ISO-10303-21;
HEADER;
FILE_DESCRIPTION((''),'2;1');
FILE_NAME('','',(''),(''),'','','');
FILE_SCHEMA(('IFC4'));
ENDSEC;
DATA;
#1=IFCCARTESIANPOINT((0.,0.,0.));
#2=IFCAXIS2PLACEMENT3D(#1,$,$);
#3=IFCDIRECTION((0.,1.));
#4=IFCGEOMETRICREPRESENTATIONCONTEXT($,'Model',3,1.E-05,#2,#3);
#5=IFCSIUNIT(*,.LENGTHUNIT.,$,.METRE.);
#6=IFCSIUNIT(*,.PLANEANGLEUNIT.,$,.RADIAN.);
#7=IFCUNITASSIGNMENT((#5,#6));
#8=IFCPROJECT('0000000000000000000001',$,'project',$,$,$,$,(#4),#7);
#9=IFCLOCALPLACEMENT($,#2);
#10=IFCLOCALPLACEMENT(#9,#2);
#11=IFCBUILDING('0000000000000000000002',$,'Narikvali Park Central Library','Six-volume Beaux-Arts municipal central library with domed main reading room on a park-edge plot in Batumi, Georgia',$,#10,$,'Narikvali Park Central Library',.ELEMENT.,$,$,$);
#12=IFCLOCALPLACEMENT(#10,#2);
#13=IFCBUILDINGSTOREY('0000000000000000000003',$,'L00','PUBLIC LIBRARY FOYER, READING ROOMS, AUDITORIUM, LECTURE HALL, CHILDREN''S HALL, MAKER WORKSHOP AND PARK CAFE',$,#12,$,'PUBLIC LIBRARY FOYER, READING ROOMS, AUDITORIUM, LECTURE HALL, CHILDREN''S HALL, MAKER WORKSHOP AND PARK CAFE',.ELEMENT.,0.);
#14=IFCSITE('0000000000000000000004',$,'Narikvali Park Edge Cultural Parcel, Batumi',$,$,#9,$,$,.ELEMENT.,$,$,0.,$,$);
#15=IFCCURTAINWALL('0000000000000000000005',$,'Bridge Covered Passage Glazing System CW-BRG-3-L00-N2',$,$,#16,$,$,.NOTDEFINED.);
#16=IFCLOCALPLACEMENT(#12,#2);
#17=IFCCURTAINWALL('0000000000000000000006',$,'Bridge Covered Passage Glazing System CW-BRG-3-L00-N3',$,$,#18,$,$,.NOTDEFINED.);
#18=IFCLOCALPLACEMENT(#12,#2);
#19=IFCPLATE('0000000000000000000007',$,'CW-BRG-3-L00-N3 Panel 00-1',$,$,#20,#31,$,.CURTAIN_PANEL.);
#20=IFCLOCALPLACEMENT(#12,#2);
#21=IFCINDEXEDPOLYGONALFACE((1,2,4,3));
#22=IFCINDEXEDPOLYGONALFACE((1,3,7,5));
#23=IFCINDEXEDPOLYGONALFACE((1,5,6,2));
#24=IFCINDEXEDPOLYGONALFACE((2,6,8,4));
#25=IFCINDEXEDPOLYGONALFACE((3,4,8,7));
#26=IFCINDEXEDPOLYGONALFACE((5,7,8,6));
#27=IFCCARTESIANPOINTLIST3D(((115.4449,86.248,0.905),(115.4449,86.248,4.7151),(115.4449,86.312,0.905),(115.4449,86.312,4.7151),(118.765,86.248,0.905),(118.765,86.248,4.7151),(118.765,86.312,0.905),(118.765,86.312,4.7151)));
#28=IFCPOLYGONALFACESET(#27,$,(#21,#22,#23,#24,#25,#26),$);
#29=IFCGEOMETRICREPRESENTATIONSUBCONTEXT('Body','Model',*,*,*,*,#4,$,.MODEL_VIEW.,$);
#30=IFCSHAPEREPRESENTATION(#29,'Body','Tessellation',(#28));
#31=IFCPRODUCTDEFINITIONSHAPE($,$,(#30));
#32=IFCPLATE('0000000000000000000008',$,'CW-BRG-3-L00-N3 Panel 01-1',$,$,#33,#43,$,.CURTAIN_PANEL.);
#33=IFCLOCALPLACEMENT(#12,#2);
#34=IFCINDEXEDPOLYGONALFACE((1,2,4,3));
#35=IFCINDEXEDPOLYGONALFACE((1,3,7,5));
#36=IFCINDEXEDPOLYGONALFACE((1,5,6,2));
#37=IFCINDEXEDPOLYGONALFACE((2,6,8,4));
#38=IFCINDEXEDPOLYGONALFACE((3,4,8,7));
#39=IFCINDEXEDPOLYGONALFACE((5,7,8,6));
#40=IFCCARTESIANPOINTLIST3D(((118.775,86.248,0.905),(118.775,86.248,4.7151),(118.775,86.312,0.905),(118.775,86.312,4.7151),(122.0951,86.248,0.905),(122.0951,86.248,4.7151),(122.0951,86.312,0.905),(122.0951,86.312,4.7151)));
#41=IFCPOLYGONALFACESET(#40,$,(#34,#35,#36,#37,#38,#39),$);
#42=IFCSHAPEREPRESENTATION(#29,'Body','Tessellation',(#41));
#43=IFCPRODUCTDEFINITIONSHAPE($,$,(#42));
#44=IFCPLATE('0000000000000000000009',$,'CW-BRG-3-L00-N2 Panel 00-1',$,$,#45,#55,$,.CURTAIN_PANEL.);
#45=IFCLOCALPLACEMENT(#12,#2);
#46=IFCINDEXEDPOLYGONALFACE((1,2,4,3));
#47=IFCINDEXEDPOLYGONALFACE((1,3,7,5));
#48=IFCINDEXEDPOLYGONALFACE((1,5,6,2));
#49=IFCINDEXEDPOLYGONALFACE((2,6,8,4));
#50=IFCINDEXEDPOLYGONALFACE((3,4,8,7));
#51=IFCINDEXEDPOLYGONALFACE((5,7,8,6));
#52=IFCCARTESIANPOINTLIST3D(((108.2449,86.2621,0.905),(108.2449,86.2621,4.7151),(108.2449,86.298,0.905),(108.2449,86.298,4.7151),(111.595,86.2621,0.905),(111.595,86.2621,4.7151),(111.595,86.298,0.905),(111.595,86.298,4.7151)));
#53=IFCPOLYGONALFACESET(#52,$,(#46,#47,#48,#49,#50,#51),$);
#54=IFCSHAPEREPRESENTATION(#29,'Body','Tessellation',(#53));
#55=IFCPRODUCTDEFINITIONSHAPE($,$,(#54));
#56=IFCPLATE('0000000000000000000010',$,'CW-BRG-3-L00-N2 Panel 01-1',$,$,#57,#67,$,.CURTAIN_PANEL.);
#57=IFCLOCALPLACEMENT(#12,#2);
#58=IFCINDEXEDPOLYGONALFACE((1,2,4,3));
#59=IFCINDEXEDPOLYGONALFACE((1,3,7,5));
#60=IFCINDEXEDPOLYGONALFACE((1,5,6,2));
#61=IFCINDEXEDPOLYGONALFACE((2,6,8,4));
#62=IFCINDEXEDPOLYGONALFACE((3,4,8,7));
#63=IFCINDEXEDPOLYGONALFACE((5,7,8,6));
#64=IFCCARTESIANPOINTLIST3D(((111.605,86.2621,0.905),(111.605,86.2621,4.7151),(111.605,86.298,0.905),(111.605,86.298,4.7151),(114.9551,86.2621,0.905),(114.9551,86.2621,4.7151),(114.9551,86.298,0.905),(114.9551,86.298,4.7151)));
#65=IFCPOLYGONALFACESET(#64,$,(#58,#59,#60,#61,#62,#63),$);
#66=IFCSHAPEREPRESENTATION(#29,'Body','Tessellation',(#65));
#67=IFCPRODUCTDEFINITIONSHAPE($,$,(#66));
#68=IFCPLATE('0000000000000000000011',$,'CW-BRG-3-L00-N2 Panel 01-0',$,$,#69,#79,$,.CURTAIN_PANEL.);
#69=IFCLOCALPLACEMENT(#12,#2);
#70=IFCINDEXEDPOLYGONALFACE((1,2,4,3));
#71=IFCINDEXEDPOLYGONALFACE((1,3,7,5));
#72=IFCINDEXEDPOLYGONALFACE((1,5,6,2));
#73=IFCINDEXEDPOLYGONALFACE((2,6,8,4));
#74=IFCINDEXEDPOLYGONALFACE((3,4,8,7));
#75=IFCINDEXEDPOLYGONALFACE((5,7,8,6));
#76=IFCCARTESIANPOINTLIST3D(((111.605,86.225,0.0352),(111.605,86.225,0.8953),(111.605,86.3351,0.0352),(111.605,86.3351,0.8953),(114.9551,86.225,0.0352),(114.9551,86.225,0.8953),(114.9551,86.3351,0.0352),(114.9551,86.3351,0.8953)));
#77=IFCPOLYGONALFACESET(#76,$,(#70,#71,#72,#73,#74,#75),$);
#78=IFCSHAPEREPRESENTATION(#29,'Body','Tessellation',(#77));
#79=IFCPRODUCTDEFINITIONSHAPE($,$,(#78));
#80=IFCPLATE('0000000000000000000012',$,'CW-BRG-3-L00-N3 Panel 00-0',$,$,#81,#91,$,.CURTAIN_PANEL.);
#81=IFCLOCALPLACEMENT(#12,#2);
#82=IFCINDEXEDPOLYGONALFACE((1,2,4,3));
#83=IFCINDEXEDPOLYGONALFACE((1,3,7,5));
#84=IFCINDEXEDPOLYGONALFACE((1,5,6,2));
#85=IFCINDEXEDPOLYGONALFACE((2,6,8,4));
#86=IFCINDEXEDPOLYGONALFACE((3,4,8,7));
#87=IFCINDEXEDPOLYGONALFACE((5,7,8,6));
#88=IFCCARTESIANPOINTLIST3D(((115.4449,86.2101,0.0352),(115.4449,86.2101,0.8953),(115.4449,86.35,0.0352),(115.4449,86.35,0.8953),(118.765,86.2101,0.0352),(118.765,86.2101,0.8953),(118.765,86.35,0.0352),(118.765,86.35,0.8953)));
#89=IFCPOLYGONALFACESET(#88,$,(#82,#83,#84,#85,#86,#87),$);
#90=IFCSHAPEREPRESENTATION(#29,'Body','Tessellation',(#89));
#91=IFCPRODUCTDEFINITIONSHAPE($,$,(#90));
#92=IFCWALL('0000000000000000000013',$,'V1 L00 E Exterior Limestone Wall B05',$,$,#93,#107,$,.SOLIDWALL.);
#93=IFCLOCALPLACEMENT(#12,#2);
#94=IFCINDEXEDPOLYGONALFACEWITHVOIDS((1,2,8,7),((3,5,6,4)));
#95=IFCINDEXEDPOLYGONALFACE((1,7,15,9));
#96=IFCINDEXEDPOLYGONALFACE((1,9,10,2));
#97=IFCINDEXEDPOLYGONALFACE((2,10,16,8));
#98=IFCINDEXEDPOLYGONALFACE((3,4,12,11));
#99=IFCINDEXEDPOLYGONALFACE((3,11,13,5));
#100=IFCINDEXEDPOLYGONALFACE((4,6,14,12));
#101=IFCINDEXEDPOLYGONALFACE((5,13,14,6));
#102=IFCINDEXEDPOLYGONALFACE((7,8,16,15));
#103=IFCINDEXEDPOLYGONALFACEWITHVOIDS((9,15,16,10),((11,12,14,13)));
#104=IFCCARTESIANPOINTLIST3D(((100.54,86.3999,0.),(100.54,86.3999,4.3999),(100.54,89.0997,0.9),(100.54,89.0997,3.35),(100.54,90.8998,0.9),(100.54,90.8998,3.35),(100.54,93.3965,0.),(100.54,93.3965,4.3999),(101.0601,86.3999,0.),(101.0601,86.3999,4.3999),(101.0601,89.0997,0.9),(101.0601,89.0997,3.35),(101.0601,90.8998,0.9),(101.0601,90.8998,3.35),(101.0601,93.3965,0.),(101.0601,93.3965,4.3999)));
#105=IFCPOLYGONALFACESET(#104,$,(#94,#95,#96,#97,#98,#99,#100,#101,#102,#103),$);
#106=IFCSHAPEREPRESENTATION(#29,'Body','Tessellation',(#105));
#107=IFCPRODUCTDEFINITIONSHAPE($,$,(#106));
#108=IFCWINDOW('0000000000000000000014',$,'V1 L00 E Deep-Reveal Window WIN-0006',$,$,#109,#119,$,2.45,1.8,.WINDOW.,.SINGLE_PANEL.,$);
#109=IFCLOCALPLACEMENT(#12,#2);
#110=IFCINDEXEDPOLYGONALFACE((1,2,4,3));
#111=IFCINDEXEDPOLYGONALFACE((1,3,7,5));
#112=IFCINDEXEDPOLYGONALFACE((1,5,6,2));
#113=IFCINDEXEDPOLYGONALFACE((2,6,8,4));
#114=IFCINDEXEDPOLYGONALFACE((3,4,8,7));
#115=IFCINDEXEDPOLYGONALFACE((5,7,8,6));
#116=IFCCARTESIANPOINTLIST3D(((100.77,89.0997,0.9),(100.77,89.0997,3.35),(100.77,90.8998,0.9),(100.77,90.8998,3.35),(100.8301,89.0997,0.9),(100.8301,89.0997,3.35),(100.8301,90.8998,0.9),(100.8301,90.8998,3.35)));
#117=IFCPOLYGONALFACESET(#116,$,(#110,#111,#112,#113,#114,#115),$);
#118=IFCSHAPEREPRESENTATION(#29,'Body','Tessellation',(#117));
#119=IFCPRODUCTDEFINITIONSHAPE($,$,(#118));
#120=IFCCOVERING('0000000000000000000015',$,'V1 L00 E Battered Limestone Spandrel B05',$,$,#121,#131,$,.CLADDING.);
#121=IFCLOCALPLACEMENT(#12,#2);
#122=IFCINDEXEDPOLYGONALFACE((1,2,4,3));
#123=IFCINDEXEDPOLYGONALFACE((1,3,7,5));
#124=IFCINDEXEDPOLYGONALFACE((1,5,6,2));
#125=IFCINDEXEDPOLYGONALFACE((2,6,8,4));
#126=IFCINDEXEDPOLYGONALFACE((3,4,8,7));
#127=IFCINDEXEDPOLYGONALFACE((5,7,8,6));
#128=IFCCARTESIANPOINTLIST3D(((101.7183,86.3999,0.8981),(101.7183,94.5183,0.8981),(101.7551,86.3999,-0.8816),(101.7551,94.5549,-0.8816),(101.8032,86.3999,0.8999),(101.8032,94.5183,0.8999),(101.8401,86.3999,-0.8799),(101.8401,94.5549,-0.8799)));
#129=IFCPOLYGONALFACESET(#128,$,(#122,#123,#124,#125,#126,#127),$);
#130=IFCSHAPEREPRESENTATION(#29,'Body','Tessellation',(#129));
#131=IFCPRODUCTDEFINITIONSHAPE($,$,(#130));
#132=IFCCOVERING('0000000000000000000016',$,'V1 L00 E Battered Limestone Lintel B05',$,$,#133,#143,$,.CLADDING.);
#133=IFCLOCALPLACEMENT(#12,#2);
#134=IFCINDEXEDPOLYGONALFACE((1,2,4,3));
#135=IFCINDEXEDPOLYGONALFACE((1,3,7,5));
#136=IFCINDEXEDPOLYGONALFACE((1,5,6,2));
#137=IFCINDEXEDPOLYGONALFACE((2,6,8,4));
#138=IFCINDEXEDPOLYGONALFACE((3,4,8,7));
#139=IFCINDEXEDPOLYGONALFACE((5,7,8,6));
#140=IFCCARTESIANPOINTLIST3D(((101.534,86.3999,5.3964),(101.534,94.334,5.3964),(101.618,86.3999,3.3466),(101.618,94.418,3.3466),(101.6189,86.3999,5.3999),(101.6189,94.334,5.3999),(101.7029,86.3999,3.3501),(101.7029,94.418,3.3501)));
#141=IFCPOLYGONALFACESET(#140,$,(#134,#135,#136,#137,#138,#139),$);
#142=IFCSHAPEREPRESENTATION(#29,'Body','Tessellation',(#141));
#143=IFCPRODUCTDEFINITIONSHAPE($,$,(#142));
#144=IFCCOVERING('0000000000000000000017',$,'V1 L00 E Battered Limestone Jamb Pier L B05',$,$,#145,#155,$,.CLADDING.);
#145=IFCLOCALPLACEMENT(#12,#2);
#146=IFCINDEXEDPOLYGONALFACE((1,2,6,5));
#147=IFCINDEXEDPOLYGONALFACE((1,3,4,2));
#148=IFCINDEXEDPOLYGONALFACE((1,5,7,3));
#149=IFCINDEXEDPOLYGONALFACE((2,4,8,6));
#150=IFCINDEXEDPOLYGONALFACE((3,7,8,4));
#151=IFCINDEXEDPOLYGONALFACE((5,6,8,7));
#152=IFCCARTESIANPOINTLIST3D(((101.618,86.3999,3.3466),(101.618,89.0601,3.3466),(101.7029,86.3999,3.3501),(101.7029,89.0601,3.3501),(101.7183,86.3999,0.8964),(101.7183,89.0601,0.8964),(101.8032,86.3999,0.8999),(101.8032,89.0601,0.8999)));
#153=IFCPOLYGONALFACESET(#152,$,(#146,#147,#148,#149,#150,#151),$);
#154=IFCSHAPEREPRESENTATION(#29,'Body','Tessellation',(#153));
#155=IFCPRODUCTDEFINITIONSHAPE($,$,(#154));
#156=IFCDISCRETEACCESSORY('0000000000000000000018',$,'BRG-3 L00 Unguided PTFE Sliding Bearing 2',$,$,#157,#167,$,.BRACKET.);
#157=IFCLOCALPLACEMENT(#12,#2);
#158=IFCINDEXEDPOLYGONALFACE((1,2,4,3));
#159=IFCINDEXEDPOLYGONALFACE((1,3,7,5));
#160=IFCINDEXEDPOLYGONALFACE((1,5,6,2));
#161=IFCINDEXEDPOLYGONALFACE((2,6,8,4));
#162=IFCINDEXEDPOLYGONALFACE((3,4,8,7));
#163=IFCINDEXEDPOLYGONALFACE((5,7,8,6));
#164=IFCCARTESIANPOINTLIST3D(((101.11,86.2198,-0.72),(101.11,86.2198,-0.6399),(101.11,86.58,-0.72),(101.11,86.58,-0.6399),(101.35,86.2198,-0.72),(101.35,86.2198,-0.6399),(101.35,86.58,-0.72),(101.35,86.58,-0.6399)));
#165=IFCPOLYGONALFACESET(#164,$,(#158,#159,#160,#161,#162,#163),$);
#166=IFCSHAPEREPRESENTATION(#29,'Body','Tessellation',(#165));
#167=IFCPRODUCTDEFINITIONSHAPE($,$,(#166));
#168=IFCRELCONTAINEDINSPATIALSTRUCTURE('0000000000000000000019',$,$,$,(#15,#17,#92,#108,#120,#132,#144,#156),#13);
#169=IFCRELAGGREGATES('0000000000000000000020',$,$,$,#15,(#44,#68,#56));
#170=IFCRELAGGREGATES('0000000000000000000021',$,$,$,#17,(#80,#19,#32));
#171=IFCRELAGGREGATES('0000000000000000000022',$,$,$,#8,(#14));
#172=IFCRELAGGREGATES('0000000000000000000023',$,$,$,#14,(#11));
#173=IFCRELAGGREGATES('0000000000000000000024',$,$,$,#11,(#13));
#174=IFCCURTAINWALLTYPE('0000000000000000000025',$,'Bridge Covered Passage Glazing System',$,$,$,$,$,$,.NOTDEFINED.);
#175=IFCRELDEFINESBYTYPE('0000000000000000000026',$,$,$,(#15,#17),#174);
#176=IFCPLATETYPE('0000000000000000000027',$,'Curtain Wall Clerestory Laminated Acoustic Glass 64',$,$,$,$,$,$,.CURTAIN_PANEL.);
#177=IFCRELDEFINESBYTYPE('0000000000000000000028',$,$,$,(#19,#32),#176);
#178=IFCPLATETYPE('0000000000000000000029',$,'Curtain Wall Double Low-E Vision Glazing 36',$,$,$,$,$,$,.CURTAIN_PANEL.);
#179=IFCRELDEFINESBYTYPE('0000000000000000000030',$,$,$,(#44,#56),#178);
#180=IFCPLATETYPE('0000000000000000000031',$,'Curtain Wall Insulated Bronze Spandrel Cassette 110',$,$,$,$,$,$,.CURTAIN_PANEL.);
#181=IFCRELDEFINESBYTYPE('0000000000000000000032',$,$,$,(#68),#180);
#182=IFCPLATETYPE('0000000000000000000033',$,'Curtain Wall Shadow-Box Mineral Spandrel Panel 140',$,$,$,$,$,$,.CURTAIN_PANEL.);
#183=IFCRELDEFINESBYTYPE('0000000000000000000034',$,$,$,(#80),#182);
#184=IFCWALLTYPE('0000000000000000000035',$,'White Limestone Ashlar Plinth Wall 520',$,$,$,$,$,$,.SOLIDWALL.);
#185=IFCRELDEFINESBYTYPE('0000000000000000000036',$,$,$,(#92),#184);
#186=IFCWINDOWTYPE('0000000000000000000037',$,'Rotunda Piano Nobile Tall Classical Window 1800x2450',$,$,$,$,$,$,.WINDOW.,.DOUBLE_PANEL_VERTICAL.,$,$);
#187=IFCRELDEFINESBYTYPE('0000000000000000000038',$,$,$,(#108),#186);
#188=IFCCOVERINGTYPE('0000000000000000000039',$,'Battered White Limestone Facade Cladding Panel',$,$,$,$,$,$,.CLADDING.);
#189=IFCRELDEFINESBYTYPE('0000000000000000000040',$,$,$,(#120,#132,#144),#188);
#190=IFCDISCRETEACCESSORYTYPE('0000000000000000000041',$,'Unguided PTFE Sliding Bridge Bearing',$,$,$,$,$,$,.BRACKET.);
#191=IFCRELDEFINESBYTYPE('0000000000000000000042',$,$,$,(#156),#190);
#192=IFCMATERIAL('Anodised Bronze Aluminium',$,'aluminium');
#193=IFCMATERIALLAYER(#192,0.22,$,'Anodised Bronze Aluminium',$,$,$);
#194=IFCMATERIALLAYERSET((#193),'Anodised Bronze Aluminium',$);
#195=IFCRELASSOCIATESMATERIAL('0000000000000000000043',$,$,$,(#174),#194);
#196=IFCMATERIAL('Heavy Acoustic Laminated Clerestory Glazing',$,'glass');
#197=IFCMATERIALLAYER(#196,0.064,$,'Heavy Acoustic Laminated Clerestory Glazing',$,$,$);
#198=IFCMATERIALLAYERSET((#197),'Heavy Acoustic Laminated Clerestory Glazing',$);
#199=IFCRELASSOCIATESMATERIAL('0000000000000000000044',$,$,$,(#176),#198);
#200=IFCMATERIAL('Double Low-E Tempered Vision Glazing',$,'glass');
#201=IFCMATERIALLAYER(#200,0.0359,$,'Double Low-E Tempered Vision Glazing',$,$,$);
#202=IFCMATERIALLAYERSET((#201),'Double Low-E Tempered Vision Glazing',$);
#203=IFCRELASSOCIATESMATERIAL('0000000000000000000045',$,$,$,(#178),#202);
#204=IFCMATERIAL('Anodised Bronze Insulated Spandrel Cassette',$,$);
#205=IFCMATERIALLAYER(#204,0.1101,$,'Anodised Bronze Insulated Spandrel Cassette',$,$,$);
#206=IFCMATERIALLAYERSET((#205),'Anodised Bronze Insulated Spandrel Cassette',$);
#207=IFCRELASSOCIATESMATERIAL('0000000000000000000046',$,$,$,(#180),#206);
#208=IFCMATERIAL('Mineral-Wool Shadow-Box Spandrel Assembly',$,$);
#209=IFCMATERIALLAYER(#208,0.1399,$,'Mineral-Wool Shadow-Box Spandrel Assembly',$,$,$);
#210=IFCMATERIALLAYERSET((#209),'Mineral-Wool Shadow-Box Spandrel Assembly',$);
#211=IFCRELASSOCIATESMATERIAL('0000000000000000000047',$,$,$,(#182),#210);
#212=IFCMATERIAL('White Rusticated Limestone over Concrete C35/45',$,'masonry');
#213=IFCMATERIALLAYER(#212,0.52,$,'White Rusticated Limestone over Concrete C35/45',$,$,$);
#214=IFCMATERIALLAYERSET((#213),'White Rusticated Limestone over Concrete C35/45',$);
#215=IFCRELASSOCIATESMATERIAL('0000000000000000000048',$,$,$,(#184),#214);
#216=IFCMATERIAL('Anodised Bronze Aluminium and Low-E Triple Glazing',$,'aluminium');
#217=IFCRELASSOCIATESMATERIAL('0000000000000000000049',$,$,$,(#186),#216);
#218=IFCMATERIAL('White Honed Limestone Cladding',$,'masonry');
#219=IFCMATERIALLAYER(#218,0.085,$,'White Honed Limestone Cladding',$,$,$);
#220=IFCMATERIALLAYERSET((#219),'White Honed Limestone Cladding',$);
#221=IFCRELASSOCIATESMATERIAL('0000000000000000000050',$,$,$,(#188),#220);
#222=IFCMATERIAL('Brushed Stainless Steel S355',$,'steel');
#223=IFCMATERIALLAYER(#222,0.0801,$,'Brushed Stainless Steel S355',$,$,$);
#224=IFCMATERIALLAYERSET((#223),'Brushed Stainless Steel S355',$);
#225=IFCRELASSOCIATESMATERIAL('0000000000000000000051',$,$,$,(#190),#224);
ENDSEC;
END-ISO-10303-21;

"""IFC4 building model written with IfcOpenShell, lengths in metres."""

from ifc_helpers import new_model, si_unit, direction, frame, frame_2d, origin, origin_2d, place, context, subcontext, project, spatial, polyline, rectangle, outline, extrude, material, layer, layer_set, type_object, element, fill, aggregate, save


model = new_model("IFC4")

# Units and contexts
model_context = context("Model", 3, precision=1e-05, world=origin(), true_north=direction((0.0, 1.0)))
body_context = subcontext(model_context, "Body", "Model", "MODEL_VIEW")
ifc_project = project(units=[si_unit("LENGTHUNIT", "METRE"), si_unit("PLANEANGLEUNIT", "RADIAN")], contexts=[model_context])

# Site, building, storey
site_placement = place(None, origin())
site = spatial("IfcSite", under=ifc_project, at=site_placement, Name="Narikvali Park Edge Cultural Parcel, Batumi", CompositionType="ELEMENT", RefElevation=0.0)
building_placement = place(site_placement, origin())
building = spatial("IfcBuilding", under=site, at=building_placement, Name="Narikvali Park Central Library", Description="Six-volume Beaux-Arts municipal central library with domed main reading room on a park-edge plot in Batumi, Georgia", LongName="Narikvali Park Central Library", CompositionType="ELEMENT")
storey_placement = place(building_placement, origin())
storey = spatial("IfcBuildingStorey", under=building, at=storey_placement, Name="L00", Description="PUBLIC LIBRARY FOYER, READING ROOMS, AUDITORIUM, LECTURE HALL, CHILDREN'S HALL, MAKER WORKSHOP AND PARK CAFE", LongName="PUBLIC LIBRARY FOYER, READING ROOMS, AUDITORIUM, LECTURE HALL, CHILDREN'S HALL, MAKER WORKSHOP AND PARK CAFE", CompositionType="ELEMENT", Elevation=0.0)

# Shared definitions
ifc_material_1 = material(Name="Anodised Bronze Aluminium", Category="aluminium")
ifc_layer_1 = layer(ifc_material_1, 0.22, Name="Anodised Bronze Aluminium")
ifc_layer_set_1 = layer_set([ifc_layer_1], Name="Anodised Bronze Aluminium")
curtain_wall_type = type_object("IfcCurtainWallType", Name="Bridge Covered Passage Glazing System", PredefinedType="NOTDEFINED", material=ifc_layer_set_1)

# Curtain walls
curtain_wall_1_placement = place(storey_placement, origin())
curtain_wall_1 = element("IfcCurtainWall", 1, at=curtain_wall_1_placement, inside=storey, type_object=curtain_wall_type, Name="Bridge Covered Passage Glazing System CW-BRG-3-L00-N2", PredefinedType="NOTDEFINED")
curtain_wall_2_placement = place(storey_placement, origin())
curtain_wall_2 = element("IfcCurtainWall", 2, at=curtain_wall_2_placement, inside=storey, type_object=curtain_wall_type, Name="Bridge Covered Passage Glazing System CW-BRG-3-L00-N3", PredefinedType="NOTDEFINED")

# Plates
ifc_material_2 = material(Name="Heavy Acoustic Laminated Clerestory Glazing", Category="glass")
ifc_layer_2 = layer(ifc_material_2, 0.064, Name="Heavy Acoustic Laminated Clerestory Glazing")
ifc_layer_set_2 = layer_set([ifc_layer_2], Name="Heavy Acoustic Laminated Clerestory Glazing")
plate_type_1 = type_object("IfcPlateType", Name="Curtain Wall Clerestory Laminated Acoustic Glass 64", PredefinedType="CURTAIN_PANEL", material=ifc_layer_set_2)
plate_1_placement = place(storey_placement, frame((117.105, 86.28, 0.905), z_axis=(0.0, 0.0, 1.0), x_axis=(1.0, 0.0, 0.0)))
plate_1 = element("IfcPlate", 3, at=plate_1_placement, type_object=plate_type_1, Name="CW-BRG-3-L00-N3 Panel 00-1", PredefinedType="CURTAIN_PANEL", context=body_context, shape_type="SweptSolid", body=[
    extrude(rectangle(XDim=3.3201, YDim=0.064, at=origin_2d()), origin(), (0.0, 0.0, 1.0), 3.8101),
])
plate_2_placement = place(storey_placement, frame((120.4351, 86.28, 0.905), z_axis=(0.0, 0.0, 1.0), x_axis=(1.0, 0.0, 0.0)))
plate_2 = element("IfcPlate", 4, at=plate_2_placement, type_object=plate_type_1, Name="CW-BRG-3-L00-N3 Panel 01-1", PredefinedType="CURTAIN_PANEL", context=body_context, shape_type="SweptSolid", body=[
    extrude(rectangle(XDim=3.3201, YDim=0.064, at=origin_2d()), origin(), (0.0, 0.0, 1.0), 3.8101),
])
ifc_material_3 = material(Name="Double Low-E Tempered Vision Glazing", Category="glass")
ifc_layer_3 = layer(ifc_material_3, 0.0359, Name="Double Low-E Tempered Vision Glazing")
ifc_layer_set_3 = layer_set([ifc_layer_3], Name="Double Low-E Tempered Vision Glazing")
plate_type_2 = type_object("IfcPlateType", Name="Curtain Wall Double Low-E Vision Glazing 36", PredefinedType="CURTAIN_PANEL", material=ifc_layer_set_3)
plate_3_placement = place(storey_placement, frame((109.9199, 86.28, 0.905), z_axis=(0.0, 0.0, 1.0), x_axis=(1.0, 0.0, 0.0)))
plate_3 = element("IfcPlate", 5, at=plate_3_placement, type_object=plate_type_2, Name="CW-BRG-3-L00-N2 Panel 00-1", PredefinedType="CURTAIN_PANEL", context=body_context, shape_type="SweptSolid", body=[
    extrude(rectangle(XDim=3.3501, YDim=0.0359, at=origin_2d()), origin(), (0.0, 0.0, 1.0), 3.8101),
])
plate_4_placement = place(storey_placement, frame((113.28, 86.28, 0.905), z_axis=(0.0, 0.0, 1.0), x_axis=(1.0, 0.0, 0.0)))
plate_4 = element("IfcPlate", 6, at=plate_4_placement, type_object=plate_type_2, Name="CW-BRG-3-L00-N2 Panel 01-1", PredefinedType="CURTAIN_PANEL", context=body_context, shape_type="SweptSolid", body=[
    extrude(rectangle(XDim=3.3501, YDim=0.0359, at=origin_2d()), origin(), (0.0, 0.0, 1.0), 3.8101),
])
ifc_material_4 = material(Name="Anodised Bronze Insulated Spandrel Cassette")
ifc_layer_4 = layer(ifc_material_4, 0.1101, Name="Anodised Bronze Insulated Spandrel Cassette")
ifc_layer_set_4 = layer_set([ifc_layer_4], Name="Anodised Bronze Insulated Spandrel Cassette")
plate_type_3 = type_object("IfcPlateType", Name="Curtain Wall Insulated Bronze Spandrel Cassette 110", PredefinedType="CURTAIN_PANEL", material=ifc_layer_set_4)
plate_5_placement = place(storey_placement, frame((113.28, 86.28, 0.0352), z_axis=(0.0, 0.0, 1.0), x_axis=(1.0, 0.0, 0.0)))
plate_5 = element("IfcPlate", 7, at=plate_5_placement, type_object=plate_type_3, Name="CW-BRG-3-L00-N2 Panel 01-0", PredefinedType="CURTAIN_PANEL", context=body_context, shape_type="SweptSolid", body=[
    extrude(rectangle(XDim=3.3501, YDim=0.1101, at=origin_2d()), origin(), (0.0, 0.0, 1.0), 0.8601),
])
aggregate(curtain_wall_1, [plate_3, plate_5, plate_4])
ifc_material_5 = material(Name="Mineral-Wool Shadow-Box Spandrel Assembly")
ifc_layer_5 = layer(ifc_material_5, 0.1399, Name="Mineral-Wool Shadow-Box Spandrel Assembly")
ifc_layer_set_5 = layer_set([ifc_layer_5], Name="Mineral-Wool Shadow-Box Spandrel Assembly")
plate_type_4 = type_object("IfcPlateType", Name="Curtain Wall Shadow-Box Mineral Spandrel Panel 140", PredefinedType="CURTAIN_PANEL", material=ifc_layer_set_5)
plate_6_placement = place(storey_placement, frame((117.105, 86.28, 0.0352), z_axis=(0.0, 0.0, 1.0), x_axis=(1.0, 0.0, 0.0)))
plate_6 = element("IfcPlate", 8, at=plate_6_placement, type_object=plate_type_4, Name="CW-BRG-3-L00-N3 Panel 00-0", PredefinedType="CURTAIN_PANEL", context=body_context, shape_type="SweptSolid", body=[
    extrude(rectangle(XDim=3.3201, YDim=0.1399, at=origin_2d()), origin(), (0.0, 0.0, 1.0), 0.8601),
])
aggregate(curtain_wall_2, [plate_6, plate_1, plate_2])

# Wall, opening, window
ifc_material_6 = material(Name="White Rusticated Limestone over Concrete C35/45", Category="masonry")
ifc_layer_6 = layer(ifc_material_6, 0.52, Name="White Rusticated Limestone over Concrete C35/45")
ifc_layer_set_6 = layer_set([ifc_layer_6], Name="White Rusticated Limestone over Concrete C35/45")
wall_type = type_object("IfcWallType", Name="White Limestone Ashlar Plinth Wall 520", PredefinedType="SOLIDWALL", material=ifc_layer_set_6)
wall_placement = place(storey_placement, frame((100.8, 86.3999, 0.0), z_axis=(0.0, 0.0, 1.0), x_axis=(0.0, 1.0, 0.0)))
wall = element("IfcWall", 9, at=wall_placement, inside=storey, type_object=wall_type, Name="V1 L00 E Exterior Limestone Wall B05", PredefinedType="SOLIDWALL", context=body_context, shape_type="SweptSolid", body=[
    extrude(rectangle(XDim=6.9966, YDim=0.52, at=frame_2d((3.4983, 0.0))), origin(), (0.0, 0.0, 1.0), 4.3999),
])
opening_placement = place(wall_placement, frame((2.7, 0.0, 0.8999)))
opening = element("IfcOpeningElement", 10, at=opening_placement, cuts=wall, PredefinedType="OPENING", context=body_context, shape_type="SweptSolid", body=[
    extrude(rectangle(XDim=1.8, YDim=2.45, at=frame_2d((0.8999, 1.2251))), frame((0.0, 0.272, 0.0), z_axis=(0.0, -1.0, 0.0), x_axis=(1.0, 0.0, 0.0)), (0.0, 0.0, 1.0), 0.5439),
])
ifc_material_7 = material(Name="Anodised Bronze Aluminium and Low-E Triple Glazing", Category="aluminium")
window_type = type_object("IfcWindowType", Name="Rotunda Piano Nobile Tall Classical Window 1800x2450", PartitioningType="DOUBLE_PANEL_VERTICAL", PredefinedType="WINDOW", material=ifc_material_7)
window_placement = place(opening_placement, origin())
window = element("IfcWindow", 11, at=window_placement, inside=storey, type_object=window_type, Name="V1 L00 E Deep-Reveal Window WIN-0006", OverallHeight=2.45, OverallWidth=1.8, PartitioningType="SINGLE_PANEL", PredefinedType="WINDOW", context=body_context, shape_type="SweptSolid", body=[
    extrude(rectangle(XDim=1.8, YDim=2.45, at=frame_2d((0.8999, 1.2251))), frame((0.0, 0.03, 0.0), z_axis=(0.0, -1.0, 0.0), x_axis=(1.0, 0.0, 0.0)), (0.0, 0.0, 1.0), 0.0601),
])
fill(opening, window)

# Coverings
ifc_material_8 = material(Name="White Honed Limestone Cladding", Category="masonry")
ifc_layer_7 = layer(ifc_material_8, 0.085, Name="White Honed Limestone Cladding")
ifc_layer_set_7 = layer_set([ifc_layer_7], Name="White Honed Limestone Cladding")
covering_type = type_object("IfcCoveringType", Name="Battered White Limestone Facade Cladding Panel", PredefinedType="CLADDING", material=ifc_layer_set_7)
covering_1_placement = place(storey_placement, frame((101.8401, 86.3999, -0.8799), z_axis=(0.999786, 0.0, 0.020709), x_axis=(0.0, 1.0, 0.0)))
element("IfcCovering", 12, at=covering_1_placement, inside=storey, type_object=covering_type, Name="V1 L00 E Battered Limestone Spandrel B05", PredefinedType="CLADDING", context=body_context, shape_type="SweptSolid", body=[
    extrude(outline(polyline([(0.0, 0.0), (8.155, 0.0), (8.1184, 1.7802), (0.0, 1.7802), (0.0, 0.0)])), origin(), (0.0, 0.0, -1.0), 0.085),
])
covering_2_placement = place(storey_placement, frame((101.7029, 86.3999, 3.3501), z_axis=(0.999162, 0.0, 0.040938), x_axis=(0.0, 1.0, 0.0)))
element("IfcCovering", 13, at=covering_2_placement, inside=storey, type_object=covering_type, Name="V1 L00 E Battered Limestone Lintel B05", PredefinedType="CLADDING", context=body_context, shape_type="SweptSolid", body=[
    extrude(outline(polyline([(0.0, 0.0), (8.0181, 0.0), (7.9341, 2.0515), (0.0, 2.0515), (0.0, 0.0)])), origin(), (0.0, 0.0, -1.0), 0.085),
])
covering_3_placement = place(storey_placement, frame((101.8032, 86.3999, 0.8999), z_axis=(0.999162, 0.0, 0.040918), x_axis=(0.0, 1.0, 0.0)))
element("IfcCovering", 14, at=covering_3_placement, inside=storey, type_object=covering_type, Name="V1 L00 E Battered Limestone Jamb Pier L B05", PredefinedType="CLADDING", context=body_context, shape_type="SweptSolid", body=[
    extrude(outline(polyline([(0.0, 0.0), (2.6602, 0.0), (2.6602, 2.4522), (0.0, 2.4522), (0.0, 0.0)])), origin(), (0.0, 0.0, -1.0), 0.085),
])

# Discrete accessory
ifc_material_9 = material(Name="Brushed Stainless Steel S355", Category="steel")
ifc_layer_8 = layer(ifc_material_9, 0.0801, Name="Brushed Stainless Steel S355")
ifc_layer_set_8 = layer_set([ifc_layer_8], Name="Brushed Stainless Steel S355")
discrete_accessory_type = type_object("IfcDiscreteAccessoryType", Name="Unguided PTFE Sliding Bridge Bearing", PredefinedType="BRACKET", material=ifc_layer_set_8)
discrete_accessory_placement = place(storey_placement, frame((101.23, 86.3999, -0.72), z_axis=(0.0, 0.0, 1.0), x_axis=(1.0, 0.0, 0.0)))
element("IfcDiscreteAccessory", 15, at=discrete_accessory_placement, inside=storey, type_object=discrete_accessory_type, Name="BRG-3 L00 Unguided PTFE Sliding Bearing 2", PredefinedType="BRACKET", context=body_context, shape_type="SweptSolid", body=[
    extrude(rectangle(XDim=0.24, YDim=0.3601, at=origin_2d()), origin(), (0.0, 0.0, 1.0), 0.0801),
])

save(model, "model.ifc")
